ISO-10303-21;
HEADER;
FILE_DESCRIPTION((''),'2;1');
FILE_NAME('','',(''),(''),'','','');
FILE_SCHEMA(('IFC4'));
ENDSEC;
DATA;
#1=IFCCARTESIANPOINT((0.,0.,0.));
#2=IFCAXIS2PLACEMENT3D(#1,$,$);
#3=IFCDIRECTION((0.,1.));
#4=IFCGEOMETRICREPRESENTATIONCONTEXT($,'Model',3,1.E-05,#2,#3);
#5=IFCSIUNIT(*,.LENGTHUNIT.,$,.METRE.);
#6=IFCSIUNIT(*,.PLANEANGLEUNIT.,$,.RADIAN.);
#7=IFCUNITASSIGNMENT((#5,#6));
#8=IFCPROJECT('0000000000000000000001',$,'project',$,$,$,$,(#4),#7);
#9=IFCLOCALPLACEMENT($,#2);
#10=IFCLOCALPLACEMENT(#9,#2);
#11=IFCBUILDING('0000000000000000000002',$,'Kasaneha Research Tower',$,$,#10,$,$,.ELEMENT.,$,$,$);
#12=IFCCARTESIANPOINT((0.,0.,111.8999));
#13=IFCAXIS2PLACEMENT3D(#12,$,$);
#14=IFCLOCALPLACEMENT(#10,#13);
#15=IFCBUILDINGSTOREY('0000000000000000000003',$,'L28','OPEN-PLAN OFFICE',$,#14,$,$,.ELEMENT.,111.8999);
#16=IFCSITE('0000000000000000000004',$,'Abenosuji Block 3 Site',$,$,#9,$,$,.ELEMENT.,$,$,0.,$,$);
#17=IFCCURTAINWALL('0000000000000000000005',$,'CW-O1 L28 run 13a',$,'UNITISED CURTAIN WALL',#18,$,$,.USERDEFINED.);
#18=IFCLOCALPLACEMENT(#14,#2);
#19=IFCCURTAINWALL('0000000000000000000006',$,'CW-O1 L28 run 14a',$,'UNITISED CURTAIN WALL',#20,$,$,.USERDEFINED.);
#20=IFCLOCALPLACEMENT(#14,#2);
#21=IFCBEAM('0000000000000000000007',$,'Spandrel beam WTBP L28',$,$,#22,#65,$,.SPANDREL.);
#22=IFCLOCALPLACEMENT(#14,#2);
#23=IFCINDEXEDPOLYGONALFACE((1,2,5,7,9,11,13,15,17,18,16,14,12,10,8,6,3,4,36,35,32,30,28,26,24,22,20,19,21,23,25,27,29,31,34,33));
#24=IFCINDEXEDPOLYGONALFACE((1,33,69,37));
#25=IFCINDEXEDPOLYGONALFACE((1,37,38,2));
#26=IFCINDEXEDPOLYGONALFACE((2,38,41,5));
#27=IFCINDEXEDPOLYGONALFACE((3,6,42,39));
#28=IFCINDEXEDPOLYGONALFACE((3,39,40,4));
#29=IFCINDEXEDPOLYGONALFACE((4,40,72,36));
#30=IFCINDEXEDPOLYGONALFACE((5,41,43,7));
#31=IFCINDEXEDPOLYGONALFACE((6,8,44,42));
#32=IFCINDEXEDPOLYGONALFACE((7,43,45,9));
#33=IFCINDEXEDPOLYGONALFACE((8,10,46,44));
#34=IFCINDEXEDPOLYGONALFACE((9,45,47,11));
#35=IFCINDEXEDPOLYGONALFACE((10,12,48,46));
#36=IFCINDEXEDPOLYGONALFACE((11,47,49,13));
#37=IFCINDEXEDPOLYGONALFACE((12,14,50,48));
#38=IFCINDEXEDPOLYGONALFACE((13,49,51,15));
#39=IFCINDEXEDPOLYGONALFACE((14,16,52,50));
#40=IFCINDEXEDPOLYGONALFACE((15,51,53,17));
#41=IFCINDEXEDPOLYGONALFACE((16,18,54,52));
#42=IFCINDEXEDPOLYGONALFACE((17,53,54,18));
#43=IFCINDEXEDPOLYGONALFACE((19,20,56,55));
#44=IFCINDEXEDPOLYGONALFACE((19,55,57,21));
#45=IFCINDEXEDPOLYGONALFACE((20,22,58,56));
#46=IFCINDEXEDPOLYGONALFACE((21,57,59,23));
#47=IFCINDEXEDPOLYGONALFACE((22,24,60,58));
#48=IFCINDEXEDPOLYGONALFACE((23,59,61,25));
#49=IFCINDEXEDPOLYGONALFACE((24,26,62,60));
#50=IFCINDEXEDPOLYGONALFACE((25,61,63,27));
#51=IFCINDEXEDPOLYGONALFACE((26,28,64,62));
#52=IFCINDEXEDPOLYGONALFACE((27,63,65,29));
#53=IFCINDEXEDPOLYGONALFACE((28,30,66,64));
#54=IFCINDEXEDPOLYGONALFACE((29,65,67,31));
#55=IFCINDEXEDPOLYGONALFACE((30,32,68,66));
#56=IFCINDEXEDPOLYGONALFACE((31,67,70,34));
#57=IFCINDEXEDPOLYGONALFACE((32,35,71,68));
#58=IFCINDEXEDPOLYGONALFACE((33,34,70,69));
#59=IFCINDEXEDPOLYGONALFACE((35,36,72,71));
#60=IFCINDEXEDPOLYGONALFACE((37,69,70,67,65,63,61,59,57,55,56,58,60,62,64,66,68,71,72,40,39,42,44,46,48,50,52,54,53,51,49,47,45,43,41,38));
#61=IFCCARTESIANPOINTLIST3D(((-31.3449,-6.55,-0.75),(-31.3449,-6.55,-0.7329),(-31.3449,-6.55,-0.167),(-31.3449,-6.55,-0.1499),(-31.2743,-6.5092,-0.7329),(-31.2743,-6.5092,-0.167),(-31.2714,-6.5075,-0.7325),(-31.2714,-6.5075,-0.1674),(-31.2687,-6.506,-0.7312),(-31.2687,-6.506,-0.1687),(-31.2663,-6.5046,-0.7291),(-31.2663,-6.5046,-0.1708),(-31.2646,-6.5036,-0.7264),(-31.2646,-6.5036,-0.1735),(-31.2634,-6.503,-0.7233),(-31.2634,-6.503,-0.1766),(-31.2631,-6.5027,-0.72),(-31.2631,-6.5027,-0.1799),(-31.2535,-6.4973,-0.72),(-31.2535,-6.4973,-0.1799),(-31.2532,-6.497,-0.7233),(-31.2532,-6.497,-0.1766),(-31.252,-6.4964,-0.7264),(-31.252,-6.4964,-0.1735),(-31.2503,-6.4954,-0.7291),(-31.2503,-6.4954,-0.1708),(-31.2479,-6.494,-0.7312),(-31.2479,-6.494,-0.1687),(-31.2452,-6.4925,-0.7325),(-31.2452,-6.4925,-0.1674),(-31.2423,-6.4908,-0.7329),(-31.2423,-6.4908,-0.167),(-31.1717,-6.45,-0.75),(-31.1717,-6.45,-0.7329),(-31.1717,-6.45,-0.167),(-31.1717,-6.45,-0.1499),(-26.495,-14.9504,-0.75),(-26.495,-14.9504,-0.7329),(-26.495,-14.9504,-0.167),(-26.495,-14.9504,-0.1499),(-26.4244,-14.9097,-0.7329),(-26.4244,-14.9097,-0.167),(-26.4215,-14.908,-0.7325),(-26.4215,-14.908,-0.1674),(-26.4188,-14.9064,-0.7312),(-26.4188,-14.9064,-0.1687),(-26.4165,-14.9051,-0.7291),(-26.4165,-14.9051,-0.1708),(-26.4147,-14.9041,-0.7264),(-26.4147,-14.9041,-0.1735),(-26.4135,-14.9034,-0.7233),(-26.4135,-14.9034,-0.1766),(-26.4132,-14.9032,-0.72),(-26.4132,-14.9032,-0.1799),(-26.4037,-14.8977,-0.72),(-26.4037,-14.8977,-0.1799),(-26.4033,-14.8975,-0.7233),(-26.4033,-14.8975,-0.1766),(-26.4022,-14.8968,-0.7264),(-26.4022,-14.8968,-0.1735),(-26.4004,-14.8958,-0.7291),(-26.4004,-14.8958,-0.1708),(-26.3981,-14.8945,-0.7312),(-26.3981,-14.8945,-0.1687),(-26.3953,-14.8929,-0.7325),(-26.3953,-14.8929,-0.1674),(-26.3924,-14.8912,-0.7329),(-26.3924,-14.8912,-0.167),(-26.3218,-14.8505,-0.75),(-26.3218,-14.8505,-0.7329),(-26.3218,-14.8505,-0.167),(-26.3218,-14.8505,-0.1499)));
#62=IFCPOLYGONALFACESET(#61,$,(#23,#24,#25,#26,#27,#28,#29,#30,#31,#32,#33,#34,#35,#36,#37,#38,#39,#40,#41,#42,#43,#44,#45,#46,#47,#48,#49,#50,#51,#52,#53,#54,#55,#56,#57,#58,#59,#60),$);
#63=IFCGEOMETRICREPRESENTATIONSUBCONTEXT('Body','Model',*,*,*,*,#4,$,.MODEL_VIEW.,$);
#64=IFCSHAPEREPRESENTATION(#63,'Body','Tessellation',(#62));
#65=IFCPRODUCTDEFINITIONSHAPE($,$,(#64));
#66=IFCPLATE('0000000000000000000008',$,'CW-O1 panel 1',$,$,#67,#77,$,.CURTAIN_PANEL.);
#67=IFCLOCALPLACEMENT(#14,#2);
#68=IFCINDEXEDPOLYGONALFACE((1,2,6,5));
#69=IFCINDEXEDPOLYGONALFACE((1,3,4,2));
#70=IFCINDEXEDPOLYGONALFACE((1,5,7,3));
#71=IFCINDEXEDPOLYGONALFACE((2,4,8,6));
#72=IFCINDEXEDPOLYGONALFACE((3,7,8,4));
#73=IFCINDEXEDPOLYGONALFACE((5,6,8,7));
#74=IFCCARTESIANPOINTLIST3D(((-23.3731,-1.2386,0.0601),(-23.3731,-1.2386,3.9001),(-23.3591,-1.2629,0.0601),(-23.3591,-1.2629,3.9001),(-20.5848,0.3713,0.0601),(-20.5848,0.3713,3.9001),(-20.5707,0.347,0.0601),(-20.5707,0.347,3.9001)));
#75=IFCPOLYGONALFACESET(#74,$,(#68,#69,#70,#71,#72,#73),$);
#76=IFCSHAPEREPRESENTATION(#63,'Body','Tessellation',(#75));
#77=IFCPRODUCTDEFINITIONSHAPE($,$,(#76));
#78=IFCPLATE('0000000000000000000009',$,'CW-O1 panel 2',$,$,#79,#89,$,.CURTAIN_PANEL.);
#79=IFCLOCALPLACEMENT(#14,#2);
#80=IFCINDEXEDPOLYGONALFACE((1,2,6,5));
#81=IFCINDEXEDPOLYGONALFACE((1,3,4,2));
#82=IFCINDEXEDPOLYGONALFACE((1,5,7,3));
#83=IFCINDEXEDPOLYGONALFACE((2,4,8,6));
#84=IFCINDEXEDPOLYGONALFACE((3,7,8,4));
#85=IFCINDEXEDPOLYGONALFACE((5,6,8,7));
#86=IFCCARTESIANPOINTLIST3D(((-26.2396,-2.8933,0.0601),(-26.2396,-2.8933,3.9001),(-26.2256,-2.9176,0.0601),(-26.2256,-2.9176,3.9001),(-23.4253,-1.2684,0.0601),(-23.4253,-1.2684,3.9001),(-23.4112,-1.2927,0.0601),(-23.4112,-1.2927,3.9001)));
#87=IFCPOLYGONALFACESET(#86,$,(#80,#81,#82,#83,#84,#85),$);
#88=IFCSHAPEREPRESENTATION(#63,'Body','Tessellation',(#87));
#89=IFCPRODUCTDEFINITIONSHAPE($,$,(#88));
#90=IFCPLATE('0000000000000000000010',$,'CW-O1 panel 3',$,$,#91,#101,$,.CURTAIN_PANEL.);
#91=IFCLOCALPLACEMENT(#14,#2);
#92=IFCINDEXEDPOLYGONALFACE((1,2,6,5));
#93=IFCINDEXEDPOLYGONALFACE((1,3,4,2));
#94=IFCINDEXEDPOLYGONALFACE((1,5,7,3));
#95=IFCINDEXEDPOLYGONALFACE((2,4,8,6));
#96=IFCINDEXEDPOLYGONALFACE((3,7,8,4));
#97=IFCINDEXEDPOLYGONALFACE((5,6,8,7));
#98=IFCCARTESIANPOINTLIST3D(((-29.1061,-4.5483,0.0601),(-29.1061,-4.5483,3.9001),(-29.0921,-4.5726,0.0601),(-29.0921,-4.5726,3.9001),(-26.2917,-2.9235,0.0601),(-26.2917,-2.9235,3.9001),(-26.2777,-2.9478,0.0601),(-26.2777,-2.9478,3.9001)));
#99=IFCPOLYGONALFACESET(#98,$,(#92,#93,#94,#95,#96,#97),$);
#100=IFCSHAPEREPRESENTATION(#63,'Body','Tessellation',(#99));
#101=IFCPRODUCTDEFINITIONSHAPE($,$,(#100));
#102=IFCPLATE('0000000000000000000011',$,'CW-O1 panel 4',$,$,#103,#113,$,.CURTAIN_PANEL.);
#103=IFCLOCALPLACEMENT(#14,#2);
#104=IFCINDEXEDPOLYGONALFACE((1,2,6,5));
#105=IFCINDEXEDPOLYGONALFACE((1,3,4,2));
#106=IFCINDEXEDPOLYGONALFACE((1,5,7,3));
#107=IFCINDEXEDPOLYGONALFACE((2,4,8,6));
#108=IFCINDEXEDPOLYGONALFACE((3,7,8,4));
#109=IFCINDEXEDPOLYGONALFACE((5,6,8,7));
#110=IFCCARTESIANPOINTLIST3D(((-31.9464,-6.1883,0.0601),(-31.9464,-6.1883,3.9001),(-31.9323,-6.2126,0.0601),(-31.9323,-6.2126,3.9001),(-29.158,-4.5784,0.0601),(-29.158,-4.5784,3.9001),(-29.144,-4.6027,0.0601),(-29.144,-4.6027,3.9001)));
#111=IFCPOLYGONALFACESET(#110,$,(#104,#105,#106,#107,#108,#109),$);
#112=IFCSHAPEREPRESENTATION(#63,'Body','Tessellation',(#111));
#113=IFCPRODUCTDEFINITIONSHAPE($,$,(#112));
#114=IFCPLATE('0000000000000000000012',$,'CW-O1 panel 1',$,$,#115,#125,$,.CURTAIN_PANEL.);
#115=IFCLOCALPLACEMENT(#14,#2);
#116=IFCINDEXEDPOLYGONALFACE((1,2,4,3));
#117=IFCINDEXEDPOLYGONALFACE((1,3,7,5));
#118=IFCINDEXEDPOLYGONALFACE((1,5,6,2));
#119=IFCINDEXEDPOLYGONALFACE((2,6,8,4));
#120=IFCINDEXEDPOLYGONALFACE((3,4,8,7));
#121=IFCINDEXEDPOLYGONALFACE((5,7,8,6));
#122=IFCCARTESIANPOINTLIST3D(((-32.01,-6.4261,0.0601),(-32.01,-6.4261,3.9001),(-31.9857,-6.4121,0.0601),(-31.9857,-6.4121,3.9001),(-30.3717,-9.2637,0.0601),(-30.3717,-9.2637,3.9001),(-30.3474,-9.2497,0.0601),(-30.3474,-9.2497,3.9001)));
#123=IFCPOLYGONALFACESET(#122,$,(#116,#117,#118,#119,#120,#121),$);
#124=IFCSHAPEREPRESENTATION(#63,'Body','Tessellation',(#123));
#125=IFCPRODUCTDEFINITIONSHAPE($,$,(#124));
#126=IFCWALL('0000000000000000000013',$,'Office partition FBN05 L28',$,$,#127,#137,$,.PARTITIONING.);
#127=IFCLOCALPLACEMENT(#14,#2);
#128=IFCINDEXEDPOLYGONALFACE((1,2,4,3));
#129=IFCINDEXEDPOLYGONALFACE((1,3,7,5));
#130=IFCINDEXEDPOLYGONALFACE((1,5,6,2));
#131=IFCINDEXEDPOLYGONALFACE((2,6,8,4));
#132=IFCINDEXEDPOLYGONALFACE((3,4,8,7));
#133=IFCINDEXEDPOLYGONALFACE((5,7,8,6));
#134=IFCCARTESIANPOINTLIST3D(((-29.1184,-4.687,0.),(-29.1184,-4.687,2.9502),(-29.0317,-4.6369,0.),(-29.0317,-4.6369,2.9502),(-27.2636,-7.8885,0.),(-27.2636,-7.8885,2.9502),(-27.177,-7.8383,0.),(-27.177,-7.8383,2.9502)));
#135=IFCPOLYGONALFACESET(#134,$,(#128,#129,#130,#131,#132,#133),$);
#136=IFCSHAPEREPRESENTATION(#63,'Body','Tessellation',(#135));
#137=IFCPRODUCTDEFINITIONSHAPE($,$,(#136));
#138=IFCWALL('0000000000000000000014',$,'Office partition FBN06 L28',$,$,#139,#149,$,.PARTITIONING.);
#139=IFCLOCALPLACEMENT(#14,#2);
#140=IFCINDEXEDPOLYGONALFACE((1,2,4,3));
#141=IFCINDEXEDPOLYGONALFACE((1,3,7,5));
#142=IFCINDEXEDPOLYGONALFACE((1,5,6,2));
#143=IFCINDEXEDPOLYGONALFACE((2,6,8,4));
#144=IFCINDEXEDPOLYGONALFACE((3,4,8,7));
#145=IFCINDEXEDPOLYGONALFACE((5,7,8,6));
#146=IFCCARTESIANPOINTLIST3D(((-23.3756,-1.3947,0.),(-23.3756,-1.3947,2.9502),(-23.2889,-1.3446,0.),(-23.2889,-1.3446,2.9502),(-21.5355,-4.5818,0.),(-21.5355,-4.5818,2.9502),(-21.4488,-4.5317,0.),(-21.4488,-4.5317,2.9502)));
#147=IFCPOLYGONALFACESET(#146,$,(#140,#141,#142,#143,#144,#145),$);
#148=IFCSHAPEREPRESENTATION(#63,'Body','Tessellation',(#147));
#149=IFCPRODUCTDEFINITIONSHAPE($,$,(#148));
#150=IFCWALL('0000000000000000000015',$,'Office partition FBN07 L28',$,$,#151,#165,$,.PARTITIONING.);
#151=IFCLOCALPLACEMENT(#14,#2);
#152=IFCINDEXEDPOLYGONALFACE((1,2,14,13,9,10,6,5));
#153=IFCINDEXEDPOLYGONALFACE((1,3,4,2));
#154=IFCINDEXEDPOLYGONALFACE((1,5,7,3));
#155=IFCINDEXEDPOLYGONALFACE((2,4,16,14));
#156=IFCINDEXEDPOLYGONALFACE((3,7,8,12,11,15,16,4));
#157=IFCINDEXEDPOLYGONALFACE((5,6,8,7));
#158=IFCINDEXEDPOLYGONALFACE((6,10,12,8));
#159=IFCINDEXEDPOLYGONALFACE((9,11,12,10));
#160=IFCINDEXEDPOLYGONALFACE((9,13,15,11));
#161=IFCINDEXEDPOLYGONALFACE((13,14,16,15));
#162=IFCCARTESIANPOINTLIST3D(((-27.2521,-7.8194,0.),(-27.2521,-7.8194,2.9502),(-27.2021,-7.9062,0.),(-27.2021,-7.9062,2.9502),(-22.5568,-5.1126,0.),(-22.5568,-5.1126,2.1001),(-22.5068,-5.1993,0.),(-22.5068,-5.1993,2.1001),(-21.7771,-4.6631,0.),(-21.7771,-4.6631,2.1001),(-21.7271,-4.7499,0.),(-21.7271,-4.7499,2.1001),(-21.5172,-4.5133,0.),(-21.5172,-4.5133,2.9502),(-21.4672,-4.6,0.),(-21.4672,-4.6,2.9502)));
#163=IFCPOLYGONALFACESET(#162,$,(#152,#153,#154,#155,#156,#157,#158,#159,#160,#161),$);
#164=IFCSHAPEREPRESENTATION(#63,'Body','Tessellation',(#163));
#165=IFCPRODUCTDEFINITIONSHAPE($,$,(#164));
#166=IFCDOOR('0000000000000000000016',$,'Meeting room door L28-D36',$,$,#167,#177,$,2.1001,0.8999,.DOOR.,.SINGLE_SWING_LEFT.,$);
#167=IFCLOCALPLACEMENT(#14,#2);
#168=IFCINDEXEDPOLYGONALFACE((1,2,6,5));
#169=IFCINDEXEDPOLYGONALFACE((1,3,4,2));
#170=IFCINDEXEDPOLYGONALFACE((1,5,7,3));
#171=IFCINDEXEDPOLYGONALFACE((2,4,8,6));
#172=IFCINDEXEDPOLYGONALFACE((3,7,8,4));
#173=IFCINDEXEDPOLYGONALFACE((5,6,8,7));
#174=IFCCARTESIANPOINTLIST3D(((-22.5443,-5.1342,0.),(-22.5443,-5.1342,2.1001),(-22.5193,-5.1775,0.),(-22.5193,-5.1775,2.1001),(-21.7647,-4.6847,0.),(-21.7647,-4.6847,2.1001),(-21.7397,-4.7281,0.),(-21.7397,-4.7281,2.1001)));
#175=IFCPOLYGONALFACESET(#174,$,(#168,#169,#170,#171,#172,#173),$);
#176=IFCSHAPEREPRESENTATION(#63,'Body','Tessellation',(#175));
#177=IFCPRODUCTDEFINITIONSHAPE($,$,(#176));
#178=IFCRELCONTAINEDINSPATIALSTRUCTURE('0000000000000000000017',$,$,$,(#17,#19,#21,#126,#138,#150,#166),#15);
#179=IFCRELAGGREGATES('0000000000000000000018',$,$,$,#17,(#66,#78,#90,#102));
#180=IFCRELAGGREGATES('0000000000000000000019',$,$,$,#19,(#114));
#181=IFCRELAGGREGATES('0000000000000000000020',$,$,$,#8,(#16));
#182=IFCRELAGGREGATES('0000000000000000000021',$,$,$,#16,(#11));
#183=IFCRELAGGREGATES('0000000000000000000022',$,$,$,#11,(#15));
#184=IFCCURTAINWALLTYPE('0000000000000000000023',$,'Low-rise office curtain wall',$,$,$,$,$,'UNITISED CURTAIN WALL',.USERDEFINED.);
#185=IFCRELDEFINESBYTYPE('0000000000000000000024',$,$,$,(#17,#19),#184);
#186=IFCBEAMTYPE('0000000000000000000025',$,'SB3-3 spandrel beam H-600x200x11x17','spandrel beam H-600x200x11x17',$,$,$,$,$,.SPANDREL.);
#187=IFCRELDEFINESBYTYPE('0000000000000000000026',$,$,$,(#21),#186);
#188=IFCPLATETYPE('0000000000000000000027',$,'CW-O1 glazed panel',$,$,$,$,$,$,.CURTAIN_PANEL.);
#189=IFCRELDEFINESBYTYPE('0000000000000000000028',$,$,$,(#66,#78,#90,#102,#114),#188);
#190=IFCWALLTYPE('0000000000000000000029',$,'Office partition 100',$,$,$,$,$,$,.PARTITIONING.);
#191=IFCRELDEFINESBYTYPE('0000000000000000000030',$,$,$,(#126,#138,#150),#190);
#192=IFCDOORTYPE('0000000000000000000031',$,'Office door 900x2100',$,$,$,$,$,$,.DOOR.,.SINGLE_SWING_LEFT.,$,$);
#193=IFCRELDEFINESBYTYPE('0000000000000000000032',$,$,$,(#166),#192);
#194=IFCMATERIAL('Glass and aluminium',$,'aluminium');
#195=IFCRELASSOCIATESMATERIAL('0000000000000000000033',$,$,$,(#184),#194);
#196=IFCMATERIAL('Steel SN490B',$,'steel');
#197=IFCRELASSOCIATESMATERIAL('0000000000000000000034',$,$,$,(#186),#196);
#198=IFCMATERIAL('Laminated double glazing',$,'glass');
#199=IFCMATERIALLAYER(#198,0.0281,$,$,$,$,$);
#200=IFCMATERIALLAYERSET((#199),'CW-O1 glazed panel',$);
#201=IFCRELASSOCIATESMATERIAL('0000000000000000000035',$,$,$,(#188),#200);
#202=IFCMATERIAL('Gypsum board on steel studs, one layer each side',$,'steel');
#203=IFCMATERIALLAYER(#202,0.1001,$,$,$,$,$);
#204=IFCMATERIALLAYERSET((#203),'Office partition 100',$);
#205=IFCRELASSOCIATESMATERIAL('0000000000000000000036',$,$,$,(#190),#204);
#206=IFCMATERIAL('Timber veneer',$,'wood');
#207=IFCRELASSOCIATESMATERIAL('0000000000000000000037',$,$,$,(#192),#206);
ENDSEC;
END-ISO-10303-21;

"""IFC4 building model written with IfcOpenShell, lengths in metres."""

from ifc_helpers import new_model, si_unit, direction, frame, frame_2d, origin, origin_2d, place, context, subcontext, project, spatial, rectangle, i_section, extrude, material, layer, layer_set, material_profile, profile_set, type_object, element, fill, aggregate, save


model = new_model("IFC4")

# Units and contexts
model_context = context("Model", 3, precision=1e-05, world=origin(), true_north=direction((0.0, 1.0)))
body_context = subcontext(model_context, "Body", "Model", "MODEL_VIEW")
ifc_project = project(units=[si_unit("LENGTHUNIT", "METRE"), si_unit("PLANEANGLEUNIT", "RADIAN")], contexts=[model_context])

# Site, building, storey
site_placement = place(None, origin())
site = spatial("IfcSite", under=ifc_project, at=site_placement, Name="Abenosuji Block 3 Site", CompositionType="ELEMENT", RefElevation=0.0)
building_placement = place(site_placement, origin())
building = spatial("IfcBuilding", under=site, at=building_placement, Name="Kasaneha Research Tower", CompositionType="ELEMENT")
storey_placement = place(building_placement, frame((0.0, 0.0, 111.8999)))
storey = spatial("IfcBuildingStorey", under=building, at=storey_placement, Name="L28", Description="OPEN-PLAN OFFICE", CompositionType="ELEMENT", Elevation=111.8999)

# Curtain walls
ifc_material_1 = material(Name="Glass and aluminium", Category="aluminium")
curtain_wall_type = type_object("IfcCurtainWallType", Name="Low-rise office curtain wall", ElementType="UNITISED CURTAIN WALL", PredefinedType="USERDEFINED", material=ifc_material_1)
curtain_wall_1_placement = place(storey_placement, origin())
curtain_wall_1 = element("IfcCurtainWall", 1, at=curtain_wall_1_placement, inside=storey, type_object=curtain_wall_type, Name="CW-O1 L28 run 13a", ObjectType="UNITISED CURTAIN WALL", PredefinedType="USERDEFINED")
curtain_wall_2_placement = place(storey_placement, origin())
curtain_wall_2 = element("IfcCurtainWall", 2, at=curtain_wall_2_placement, inside=storey, type_object=curtain_wall_type, Name="CW-O1 L28 run 14a", ObjectType="UNITISED CURTAIN WALL", PredefinedType="USERDEFINED")

# Beam
ifc_material_2 = material(Name="Steel SN490B", Category="steel")
ifc_material_profile_1 = material_profile(ifc_material_2, i_section(OverallWidth=0.2, OverallDepth=0.6001, WebThickness=0.011, FlangeThickness=0.0171, FilletRadius=0.0129, at=origin_2d()), Name="H-600x200x11x17")
ifc_profile_set_1 = profile_set([ifc_material_profile_1], Name="Steel SN490B")
beam_type_1 = type_object("IfcBeamType", Name="SB3-3 spandrel beam H-600x200x11x17", Description="spandrel beam H-600x200x11x17", PredefinedType="SPANDREL", material=ifc_profile_set_1)
beam_1_placement = place(storey_placement, frame((-31.2583, -6.5, -0.45), z_axis=(0.499991, -0.866031, 0.0), x_axis=(0.866031, 0.499991, 0.0)))
element("IfcBeam", 3, at=beam_1_placement, inside=storey, type_object=beam_type_1, Name="Spandrel beam WTBP L28", PredefinedType="SPANDREL", context=body_context, shape_type="SweptSolid", body=[
    extrude(i_section(OverallWidth=0.2, OverallDepth=0.6001, WebThickness=0.011, FlangeThickness=0.0171, FilletRadius=0.0129, at=origin_2d()), origin(), (0.0, 0.0, 1.0), 9.7),
])

# Plates
ifc_material_3 = material(Name="Laminated double glazing", Category="glass")
ifc_layer_1 = layer(ifc_material_3, 0.0281)
ifc_layer_set_1 = layer_set([ifc_layer_1], Name="CW-O1 glazed panel")
plate_type = type_object("IfcPlateType", Name="CW-O1 glazed panel", PredefinedType="CURTAIN_PANEL", material=ifc_layer_set_1)
plate_1_placement = place(storey_placement, frame((-21.9719, -0.4458, 0.0601), z_axis=(0.0, 0.0, 1.0), x_axis=(-0.866025, -0.5, 0.0)))
plate_1 = element("IfcPlate", 4, at=plate_1_placement, type_object=plate_type, Name="CW-O1 panel 1", PredefinedType="CURTAIN_PANEL", context=body_context, shape_type="SweptSolid", body=[
    extrude(rectangle(XDim=3.2197, YDim=0.0281, at=origin_2d()), origin(), (0.0, 0.0, 1.0), 3.8401),
])
plate_2_placement = place(storey_placement, frame((-24.8254, -2.093, 0.0601), z_axis=(0.0, 0.0, 1.0), x_axis=(-0.866025, -0.5, 0.0)))
plate_2 = element("IfcPlate", 5, at=plate_2_placement, type_object=plate_type, Name="CW-O1 panel 2", PredefinedType="CURTAIN_PANEL", context=body_context, shape_type="SweptSolid", body=[
    extrude(rectangle(XDim=3.2498, YDim=0.0281, at=origin_2d()), origin(), (0.0, 0.0, 1.0), 3.8401),
])
plate_3_placement = place(storey_placement, frame((-27.6919, -3.748, 0.0601), z_axis=(0.0, 0.0, 1.0), x_axis=(-0.866025, -0.5, 0.0)))
plate_3 = element("IfcPlate", 6, at=plate_3_placement, type_object=plate_type, Name="CW-O1 panel 3", PredefinedType="CURTAIN_PANEL", context=body_context, shape_type="SweptSolid", body=[
    extrude(rectangle(XDim=3.2498, YDim=0.0281, at=origin_2d()), origin(), (0.0, 0.0, 1.0), 3.8401),
])
plate_4_placement = place(storey_placement, frame((-30.5452, -5.3955, 0.0601), z_axis=(0.0, 0.0, 1.0), x_axis=(-0.866025, -0.5, 0.0)))
plate_4 = element("IfcPlate", 7, at=plate_4_placement, type_object=plate_type, Name="CW-O1 panel 4", PredefinedType="CURTAIN_PANEL", context=body_context, shape_type="SweptSolid", body=[
    extrude(rectangle(XDim=3.2197, YDim=0.0281, at=origin_2d()), origin(), (0.0, 0.0, 1.0), 3.8401),
])
aggregate(curtain_wall_1, [plate_1, plate_2, plate_3, plate_4])
plate_5_placement = place(storey_placement, frame((-31.1787, -7.8379, 0.0601), z_axis=(0.0, 0.0, 1.0), x_axis=(0.5, -0.866025, 0.0)))
plate_5 = element("IfcPlate", 8, at=plate_5_placement, type_object=plate_type, Name="CW-O1 panel 1", PredefinedType="CURTAIN_PANEL", context=body_context, shape_type="SweptSolid", body=[
    extrude(rectangle(XDim=3.2766, YDim=0.0281, at=origin_2d()), origin(), (0.0, 0.0, 1.0), 3.8401),
])
aggregate(curtain_wall_2, [plate_5])

# Walls
ifc_material_4 = material(Name="Gypsum board on steel studs, one layer each side", Category="steel")
ifc_layer_2 = layer(ifc_material_4, 0.1001)
ifc_layer_set_2 = layer_set([ifc_layer_2], Name="Office partition 100")
wall_type = type_object("IfcWallType", Name="Office partition 100", PredefinedType="PARTITIONING", material=ifc_layer_set_2)
wall_1_placement = place(storey_placement, frame((-27.2202, -7.8635, 0.0), z_axis=(0.0, 0.0, 1.0), x_axis=(-0.501296, 0.865276, 0.0)))
element("IfcWall", 9, at=wall_1_placement, inside=storey, type_object=wall_type, Name="Office partition FBN05 L28", PredefinedType="PARTITIONING", context=body_context, shape_type="SweptSolid", body=[
    extrude(rectangle(XDim=3.7, YDim=0.1001, at=frame_2d((1.8501, 0.0))), origin(), (0.0, 0.0, 1.0), 2.9502),
])
wall_2_placement = place(storey_placement, frame((-23.3323, -1.3696, 0.0), z_axis=(0.0, 0.0, 1.0), x_axis=(0.500013, -0.866018, 0.0)))
element("IfcWall", 10, at=wall_2_placement, inside=storey, type_object=wall_type, Name="Office partition FBN06 L28", PredefinedType="PARTITIONING", context=body_context, shape_type="SweptSolid", body=[
    extrude(rectangle(XDim=3.6802, YDim=0.1001, at=frame_2d((1.8401, 0.0))), origin(), (0.0, 0.0, 1.0), 2.9502),
])

# Wall, opening, door
wall_3_placement = place(storey_placement, frame((-21.4922, -4.5566, 0.0), z_axis=(0.0, 0.0, 1.0), x_axis=(-0.866344, -0.499448, 0.0)))
wall_3 = element("IfcWall", 11, at=wall_3_placement, inside=storey, type_object=wall_type, Name="Office partition FBN07 L28", PredefinedType="PARTITIONING", context=body_context, shape_type="SweptSolid", body=[
    extrude(rectangle(XDim=6.6196, YDim=0.1001, at=frame_2d((3.3098, 0.0))), origin(), (0.0, 0.0, 1.0), 2.9502),
])
opening_1_placement = place(wall_3_placement, frame((0.3, 0.0, 0.0)))
opening_1 = element("IfcOpeningElement", 12, at=opening_1_placement, cuts=wall_3, PredefinedType="OPENING", context=body_context, shape_type="SweptSolid", body=[
    extrude(rectangle(XDim=0.8999, YDim=2.1001, at=frame_2d((0.45, 1.05))), frame((0.0, 0.0601, 0.0), z_axis=(0.0, -1.0, 0.0), x_axis=(1.0, 0.0, 0.0)), (0.0, 0.0, 1.0), 0.1201),
])
ifc_material_5 = material(Name="Timber veneer", Category="wood")
door_type = type_object("IfcDoorType", Name="Office door 900x2100", OperationType="SINGLE_SWING_LEFT", PredefinedType="DOOR", material=ifc_material_5)
door_1_placement = place(opening_1_placement, origin())
door_1 = element("IfcDoor", 13, at=door_1_placement, inside=storey, type_object=door_type, Name="Meeting room door L28-D36", OperationType="SINGLE_SWING_LEFT", OverallHeight=2.1001, OverallWidth=0.8999, PredefinedType="DOOR", context=body_context, shape_type="SweptSolid", body=[
    extrude(rectangle(XDim=0.8999, YDim=2.1001, at=frame_2d((0.45, 1.05))), frame((0.0, 0.0249, 0.0), z_axis=(0.0, -1.0, 0.0), x_axis=(1.0, 0.0, 0.0)), (0.0, 0.0, 1.0), 0.05),
])
fill(opening_1, door_1)

save(model, "model.ifc")
